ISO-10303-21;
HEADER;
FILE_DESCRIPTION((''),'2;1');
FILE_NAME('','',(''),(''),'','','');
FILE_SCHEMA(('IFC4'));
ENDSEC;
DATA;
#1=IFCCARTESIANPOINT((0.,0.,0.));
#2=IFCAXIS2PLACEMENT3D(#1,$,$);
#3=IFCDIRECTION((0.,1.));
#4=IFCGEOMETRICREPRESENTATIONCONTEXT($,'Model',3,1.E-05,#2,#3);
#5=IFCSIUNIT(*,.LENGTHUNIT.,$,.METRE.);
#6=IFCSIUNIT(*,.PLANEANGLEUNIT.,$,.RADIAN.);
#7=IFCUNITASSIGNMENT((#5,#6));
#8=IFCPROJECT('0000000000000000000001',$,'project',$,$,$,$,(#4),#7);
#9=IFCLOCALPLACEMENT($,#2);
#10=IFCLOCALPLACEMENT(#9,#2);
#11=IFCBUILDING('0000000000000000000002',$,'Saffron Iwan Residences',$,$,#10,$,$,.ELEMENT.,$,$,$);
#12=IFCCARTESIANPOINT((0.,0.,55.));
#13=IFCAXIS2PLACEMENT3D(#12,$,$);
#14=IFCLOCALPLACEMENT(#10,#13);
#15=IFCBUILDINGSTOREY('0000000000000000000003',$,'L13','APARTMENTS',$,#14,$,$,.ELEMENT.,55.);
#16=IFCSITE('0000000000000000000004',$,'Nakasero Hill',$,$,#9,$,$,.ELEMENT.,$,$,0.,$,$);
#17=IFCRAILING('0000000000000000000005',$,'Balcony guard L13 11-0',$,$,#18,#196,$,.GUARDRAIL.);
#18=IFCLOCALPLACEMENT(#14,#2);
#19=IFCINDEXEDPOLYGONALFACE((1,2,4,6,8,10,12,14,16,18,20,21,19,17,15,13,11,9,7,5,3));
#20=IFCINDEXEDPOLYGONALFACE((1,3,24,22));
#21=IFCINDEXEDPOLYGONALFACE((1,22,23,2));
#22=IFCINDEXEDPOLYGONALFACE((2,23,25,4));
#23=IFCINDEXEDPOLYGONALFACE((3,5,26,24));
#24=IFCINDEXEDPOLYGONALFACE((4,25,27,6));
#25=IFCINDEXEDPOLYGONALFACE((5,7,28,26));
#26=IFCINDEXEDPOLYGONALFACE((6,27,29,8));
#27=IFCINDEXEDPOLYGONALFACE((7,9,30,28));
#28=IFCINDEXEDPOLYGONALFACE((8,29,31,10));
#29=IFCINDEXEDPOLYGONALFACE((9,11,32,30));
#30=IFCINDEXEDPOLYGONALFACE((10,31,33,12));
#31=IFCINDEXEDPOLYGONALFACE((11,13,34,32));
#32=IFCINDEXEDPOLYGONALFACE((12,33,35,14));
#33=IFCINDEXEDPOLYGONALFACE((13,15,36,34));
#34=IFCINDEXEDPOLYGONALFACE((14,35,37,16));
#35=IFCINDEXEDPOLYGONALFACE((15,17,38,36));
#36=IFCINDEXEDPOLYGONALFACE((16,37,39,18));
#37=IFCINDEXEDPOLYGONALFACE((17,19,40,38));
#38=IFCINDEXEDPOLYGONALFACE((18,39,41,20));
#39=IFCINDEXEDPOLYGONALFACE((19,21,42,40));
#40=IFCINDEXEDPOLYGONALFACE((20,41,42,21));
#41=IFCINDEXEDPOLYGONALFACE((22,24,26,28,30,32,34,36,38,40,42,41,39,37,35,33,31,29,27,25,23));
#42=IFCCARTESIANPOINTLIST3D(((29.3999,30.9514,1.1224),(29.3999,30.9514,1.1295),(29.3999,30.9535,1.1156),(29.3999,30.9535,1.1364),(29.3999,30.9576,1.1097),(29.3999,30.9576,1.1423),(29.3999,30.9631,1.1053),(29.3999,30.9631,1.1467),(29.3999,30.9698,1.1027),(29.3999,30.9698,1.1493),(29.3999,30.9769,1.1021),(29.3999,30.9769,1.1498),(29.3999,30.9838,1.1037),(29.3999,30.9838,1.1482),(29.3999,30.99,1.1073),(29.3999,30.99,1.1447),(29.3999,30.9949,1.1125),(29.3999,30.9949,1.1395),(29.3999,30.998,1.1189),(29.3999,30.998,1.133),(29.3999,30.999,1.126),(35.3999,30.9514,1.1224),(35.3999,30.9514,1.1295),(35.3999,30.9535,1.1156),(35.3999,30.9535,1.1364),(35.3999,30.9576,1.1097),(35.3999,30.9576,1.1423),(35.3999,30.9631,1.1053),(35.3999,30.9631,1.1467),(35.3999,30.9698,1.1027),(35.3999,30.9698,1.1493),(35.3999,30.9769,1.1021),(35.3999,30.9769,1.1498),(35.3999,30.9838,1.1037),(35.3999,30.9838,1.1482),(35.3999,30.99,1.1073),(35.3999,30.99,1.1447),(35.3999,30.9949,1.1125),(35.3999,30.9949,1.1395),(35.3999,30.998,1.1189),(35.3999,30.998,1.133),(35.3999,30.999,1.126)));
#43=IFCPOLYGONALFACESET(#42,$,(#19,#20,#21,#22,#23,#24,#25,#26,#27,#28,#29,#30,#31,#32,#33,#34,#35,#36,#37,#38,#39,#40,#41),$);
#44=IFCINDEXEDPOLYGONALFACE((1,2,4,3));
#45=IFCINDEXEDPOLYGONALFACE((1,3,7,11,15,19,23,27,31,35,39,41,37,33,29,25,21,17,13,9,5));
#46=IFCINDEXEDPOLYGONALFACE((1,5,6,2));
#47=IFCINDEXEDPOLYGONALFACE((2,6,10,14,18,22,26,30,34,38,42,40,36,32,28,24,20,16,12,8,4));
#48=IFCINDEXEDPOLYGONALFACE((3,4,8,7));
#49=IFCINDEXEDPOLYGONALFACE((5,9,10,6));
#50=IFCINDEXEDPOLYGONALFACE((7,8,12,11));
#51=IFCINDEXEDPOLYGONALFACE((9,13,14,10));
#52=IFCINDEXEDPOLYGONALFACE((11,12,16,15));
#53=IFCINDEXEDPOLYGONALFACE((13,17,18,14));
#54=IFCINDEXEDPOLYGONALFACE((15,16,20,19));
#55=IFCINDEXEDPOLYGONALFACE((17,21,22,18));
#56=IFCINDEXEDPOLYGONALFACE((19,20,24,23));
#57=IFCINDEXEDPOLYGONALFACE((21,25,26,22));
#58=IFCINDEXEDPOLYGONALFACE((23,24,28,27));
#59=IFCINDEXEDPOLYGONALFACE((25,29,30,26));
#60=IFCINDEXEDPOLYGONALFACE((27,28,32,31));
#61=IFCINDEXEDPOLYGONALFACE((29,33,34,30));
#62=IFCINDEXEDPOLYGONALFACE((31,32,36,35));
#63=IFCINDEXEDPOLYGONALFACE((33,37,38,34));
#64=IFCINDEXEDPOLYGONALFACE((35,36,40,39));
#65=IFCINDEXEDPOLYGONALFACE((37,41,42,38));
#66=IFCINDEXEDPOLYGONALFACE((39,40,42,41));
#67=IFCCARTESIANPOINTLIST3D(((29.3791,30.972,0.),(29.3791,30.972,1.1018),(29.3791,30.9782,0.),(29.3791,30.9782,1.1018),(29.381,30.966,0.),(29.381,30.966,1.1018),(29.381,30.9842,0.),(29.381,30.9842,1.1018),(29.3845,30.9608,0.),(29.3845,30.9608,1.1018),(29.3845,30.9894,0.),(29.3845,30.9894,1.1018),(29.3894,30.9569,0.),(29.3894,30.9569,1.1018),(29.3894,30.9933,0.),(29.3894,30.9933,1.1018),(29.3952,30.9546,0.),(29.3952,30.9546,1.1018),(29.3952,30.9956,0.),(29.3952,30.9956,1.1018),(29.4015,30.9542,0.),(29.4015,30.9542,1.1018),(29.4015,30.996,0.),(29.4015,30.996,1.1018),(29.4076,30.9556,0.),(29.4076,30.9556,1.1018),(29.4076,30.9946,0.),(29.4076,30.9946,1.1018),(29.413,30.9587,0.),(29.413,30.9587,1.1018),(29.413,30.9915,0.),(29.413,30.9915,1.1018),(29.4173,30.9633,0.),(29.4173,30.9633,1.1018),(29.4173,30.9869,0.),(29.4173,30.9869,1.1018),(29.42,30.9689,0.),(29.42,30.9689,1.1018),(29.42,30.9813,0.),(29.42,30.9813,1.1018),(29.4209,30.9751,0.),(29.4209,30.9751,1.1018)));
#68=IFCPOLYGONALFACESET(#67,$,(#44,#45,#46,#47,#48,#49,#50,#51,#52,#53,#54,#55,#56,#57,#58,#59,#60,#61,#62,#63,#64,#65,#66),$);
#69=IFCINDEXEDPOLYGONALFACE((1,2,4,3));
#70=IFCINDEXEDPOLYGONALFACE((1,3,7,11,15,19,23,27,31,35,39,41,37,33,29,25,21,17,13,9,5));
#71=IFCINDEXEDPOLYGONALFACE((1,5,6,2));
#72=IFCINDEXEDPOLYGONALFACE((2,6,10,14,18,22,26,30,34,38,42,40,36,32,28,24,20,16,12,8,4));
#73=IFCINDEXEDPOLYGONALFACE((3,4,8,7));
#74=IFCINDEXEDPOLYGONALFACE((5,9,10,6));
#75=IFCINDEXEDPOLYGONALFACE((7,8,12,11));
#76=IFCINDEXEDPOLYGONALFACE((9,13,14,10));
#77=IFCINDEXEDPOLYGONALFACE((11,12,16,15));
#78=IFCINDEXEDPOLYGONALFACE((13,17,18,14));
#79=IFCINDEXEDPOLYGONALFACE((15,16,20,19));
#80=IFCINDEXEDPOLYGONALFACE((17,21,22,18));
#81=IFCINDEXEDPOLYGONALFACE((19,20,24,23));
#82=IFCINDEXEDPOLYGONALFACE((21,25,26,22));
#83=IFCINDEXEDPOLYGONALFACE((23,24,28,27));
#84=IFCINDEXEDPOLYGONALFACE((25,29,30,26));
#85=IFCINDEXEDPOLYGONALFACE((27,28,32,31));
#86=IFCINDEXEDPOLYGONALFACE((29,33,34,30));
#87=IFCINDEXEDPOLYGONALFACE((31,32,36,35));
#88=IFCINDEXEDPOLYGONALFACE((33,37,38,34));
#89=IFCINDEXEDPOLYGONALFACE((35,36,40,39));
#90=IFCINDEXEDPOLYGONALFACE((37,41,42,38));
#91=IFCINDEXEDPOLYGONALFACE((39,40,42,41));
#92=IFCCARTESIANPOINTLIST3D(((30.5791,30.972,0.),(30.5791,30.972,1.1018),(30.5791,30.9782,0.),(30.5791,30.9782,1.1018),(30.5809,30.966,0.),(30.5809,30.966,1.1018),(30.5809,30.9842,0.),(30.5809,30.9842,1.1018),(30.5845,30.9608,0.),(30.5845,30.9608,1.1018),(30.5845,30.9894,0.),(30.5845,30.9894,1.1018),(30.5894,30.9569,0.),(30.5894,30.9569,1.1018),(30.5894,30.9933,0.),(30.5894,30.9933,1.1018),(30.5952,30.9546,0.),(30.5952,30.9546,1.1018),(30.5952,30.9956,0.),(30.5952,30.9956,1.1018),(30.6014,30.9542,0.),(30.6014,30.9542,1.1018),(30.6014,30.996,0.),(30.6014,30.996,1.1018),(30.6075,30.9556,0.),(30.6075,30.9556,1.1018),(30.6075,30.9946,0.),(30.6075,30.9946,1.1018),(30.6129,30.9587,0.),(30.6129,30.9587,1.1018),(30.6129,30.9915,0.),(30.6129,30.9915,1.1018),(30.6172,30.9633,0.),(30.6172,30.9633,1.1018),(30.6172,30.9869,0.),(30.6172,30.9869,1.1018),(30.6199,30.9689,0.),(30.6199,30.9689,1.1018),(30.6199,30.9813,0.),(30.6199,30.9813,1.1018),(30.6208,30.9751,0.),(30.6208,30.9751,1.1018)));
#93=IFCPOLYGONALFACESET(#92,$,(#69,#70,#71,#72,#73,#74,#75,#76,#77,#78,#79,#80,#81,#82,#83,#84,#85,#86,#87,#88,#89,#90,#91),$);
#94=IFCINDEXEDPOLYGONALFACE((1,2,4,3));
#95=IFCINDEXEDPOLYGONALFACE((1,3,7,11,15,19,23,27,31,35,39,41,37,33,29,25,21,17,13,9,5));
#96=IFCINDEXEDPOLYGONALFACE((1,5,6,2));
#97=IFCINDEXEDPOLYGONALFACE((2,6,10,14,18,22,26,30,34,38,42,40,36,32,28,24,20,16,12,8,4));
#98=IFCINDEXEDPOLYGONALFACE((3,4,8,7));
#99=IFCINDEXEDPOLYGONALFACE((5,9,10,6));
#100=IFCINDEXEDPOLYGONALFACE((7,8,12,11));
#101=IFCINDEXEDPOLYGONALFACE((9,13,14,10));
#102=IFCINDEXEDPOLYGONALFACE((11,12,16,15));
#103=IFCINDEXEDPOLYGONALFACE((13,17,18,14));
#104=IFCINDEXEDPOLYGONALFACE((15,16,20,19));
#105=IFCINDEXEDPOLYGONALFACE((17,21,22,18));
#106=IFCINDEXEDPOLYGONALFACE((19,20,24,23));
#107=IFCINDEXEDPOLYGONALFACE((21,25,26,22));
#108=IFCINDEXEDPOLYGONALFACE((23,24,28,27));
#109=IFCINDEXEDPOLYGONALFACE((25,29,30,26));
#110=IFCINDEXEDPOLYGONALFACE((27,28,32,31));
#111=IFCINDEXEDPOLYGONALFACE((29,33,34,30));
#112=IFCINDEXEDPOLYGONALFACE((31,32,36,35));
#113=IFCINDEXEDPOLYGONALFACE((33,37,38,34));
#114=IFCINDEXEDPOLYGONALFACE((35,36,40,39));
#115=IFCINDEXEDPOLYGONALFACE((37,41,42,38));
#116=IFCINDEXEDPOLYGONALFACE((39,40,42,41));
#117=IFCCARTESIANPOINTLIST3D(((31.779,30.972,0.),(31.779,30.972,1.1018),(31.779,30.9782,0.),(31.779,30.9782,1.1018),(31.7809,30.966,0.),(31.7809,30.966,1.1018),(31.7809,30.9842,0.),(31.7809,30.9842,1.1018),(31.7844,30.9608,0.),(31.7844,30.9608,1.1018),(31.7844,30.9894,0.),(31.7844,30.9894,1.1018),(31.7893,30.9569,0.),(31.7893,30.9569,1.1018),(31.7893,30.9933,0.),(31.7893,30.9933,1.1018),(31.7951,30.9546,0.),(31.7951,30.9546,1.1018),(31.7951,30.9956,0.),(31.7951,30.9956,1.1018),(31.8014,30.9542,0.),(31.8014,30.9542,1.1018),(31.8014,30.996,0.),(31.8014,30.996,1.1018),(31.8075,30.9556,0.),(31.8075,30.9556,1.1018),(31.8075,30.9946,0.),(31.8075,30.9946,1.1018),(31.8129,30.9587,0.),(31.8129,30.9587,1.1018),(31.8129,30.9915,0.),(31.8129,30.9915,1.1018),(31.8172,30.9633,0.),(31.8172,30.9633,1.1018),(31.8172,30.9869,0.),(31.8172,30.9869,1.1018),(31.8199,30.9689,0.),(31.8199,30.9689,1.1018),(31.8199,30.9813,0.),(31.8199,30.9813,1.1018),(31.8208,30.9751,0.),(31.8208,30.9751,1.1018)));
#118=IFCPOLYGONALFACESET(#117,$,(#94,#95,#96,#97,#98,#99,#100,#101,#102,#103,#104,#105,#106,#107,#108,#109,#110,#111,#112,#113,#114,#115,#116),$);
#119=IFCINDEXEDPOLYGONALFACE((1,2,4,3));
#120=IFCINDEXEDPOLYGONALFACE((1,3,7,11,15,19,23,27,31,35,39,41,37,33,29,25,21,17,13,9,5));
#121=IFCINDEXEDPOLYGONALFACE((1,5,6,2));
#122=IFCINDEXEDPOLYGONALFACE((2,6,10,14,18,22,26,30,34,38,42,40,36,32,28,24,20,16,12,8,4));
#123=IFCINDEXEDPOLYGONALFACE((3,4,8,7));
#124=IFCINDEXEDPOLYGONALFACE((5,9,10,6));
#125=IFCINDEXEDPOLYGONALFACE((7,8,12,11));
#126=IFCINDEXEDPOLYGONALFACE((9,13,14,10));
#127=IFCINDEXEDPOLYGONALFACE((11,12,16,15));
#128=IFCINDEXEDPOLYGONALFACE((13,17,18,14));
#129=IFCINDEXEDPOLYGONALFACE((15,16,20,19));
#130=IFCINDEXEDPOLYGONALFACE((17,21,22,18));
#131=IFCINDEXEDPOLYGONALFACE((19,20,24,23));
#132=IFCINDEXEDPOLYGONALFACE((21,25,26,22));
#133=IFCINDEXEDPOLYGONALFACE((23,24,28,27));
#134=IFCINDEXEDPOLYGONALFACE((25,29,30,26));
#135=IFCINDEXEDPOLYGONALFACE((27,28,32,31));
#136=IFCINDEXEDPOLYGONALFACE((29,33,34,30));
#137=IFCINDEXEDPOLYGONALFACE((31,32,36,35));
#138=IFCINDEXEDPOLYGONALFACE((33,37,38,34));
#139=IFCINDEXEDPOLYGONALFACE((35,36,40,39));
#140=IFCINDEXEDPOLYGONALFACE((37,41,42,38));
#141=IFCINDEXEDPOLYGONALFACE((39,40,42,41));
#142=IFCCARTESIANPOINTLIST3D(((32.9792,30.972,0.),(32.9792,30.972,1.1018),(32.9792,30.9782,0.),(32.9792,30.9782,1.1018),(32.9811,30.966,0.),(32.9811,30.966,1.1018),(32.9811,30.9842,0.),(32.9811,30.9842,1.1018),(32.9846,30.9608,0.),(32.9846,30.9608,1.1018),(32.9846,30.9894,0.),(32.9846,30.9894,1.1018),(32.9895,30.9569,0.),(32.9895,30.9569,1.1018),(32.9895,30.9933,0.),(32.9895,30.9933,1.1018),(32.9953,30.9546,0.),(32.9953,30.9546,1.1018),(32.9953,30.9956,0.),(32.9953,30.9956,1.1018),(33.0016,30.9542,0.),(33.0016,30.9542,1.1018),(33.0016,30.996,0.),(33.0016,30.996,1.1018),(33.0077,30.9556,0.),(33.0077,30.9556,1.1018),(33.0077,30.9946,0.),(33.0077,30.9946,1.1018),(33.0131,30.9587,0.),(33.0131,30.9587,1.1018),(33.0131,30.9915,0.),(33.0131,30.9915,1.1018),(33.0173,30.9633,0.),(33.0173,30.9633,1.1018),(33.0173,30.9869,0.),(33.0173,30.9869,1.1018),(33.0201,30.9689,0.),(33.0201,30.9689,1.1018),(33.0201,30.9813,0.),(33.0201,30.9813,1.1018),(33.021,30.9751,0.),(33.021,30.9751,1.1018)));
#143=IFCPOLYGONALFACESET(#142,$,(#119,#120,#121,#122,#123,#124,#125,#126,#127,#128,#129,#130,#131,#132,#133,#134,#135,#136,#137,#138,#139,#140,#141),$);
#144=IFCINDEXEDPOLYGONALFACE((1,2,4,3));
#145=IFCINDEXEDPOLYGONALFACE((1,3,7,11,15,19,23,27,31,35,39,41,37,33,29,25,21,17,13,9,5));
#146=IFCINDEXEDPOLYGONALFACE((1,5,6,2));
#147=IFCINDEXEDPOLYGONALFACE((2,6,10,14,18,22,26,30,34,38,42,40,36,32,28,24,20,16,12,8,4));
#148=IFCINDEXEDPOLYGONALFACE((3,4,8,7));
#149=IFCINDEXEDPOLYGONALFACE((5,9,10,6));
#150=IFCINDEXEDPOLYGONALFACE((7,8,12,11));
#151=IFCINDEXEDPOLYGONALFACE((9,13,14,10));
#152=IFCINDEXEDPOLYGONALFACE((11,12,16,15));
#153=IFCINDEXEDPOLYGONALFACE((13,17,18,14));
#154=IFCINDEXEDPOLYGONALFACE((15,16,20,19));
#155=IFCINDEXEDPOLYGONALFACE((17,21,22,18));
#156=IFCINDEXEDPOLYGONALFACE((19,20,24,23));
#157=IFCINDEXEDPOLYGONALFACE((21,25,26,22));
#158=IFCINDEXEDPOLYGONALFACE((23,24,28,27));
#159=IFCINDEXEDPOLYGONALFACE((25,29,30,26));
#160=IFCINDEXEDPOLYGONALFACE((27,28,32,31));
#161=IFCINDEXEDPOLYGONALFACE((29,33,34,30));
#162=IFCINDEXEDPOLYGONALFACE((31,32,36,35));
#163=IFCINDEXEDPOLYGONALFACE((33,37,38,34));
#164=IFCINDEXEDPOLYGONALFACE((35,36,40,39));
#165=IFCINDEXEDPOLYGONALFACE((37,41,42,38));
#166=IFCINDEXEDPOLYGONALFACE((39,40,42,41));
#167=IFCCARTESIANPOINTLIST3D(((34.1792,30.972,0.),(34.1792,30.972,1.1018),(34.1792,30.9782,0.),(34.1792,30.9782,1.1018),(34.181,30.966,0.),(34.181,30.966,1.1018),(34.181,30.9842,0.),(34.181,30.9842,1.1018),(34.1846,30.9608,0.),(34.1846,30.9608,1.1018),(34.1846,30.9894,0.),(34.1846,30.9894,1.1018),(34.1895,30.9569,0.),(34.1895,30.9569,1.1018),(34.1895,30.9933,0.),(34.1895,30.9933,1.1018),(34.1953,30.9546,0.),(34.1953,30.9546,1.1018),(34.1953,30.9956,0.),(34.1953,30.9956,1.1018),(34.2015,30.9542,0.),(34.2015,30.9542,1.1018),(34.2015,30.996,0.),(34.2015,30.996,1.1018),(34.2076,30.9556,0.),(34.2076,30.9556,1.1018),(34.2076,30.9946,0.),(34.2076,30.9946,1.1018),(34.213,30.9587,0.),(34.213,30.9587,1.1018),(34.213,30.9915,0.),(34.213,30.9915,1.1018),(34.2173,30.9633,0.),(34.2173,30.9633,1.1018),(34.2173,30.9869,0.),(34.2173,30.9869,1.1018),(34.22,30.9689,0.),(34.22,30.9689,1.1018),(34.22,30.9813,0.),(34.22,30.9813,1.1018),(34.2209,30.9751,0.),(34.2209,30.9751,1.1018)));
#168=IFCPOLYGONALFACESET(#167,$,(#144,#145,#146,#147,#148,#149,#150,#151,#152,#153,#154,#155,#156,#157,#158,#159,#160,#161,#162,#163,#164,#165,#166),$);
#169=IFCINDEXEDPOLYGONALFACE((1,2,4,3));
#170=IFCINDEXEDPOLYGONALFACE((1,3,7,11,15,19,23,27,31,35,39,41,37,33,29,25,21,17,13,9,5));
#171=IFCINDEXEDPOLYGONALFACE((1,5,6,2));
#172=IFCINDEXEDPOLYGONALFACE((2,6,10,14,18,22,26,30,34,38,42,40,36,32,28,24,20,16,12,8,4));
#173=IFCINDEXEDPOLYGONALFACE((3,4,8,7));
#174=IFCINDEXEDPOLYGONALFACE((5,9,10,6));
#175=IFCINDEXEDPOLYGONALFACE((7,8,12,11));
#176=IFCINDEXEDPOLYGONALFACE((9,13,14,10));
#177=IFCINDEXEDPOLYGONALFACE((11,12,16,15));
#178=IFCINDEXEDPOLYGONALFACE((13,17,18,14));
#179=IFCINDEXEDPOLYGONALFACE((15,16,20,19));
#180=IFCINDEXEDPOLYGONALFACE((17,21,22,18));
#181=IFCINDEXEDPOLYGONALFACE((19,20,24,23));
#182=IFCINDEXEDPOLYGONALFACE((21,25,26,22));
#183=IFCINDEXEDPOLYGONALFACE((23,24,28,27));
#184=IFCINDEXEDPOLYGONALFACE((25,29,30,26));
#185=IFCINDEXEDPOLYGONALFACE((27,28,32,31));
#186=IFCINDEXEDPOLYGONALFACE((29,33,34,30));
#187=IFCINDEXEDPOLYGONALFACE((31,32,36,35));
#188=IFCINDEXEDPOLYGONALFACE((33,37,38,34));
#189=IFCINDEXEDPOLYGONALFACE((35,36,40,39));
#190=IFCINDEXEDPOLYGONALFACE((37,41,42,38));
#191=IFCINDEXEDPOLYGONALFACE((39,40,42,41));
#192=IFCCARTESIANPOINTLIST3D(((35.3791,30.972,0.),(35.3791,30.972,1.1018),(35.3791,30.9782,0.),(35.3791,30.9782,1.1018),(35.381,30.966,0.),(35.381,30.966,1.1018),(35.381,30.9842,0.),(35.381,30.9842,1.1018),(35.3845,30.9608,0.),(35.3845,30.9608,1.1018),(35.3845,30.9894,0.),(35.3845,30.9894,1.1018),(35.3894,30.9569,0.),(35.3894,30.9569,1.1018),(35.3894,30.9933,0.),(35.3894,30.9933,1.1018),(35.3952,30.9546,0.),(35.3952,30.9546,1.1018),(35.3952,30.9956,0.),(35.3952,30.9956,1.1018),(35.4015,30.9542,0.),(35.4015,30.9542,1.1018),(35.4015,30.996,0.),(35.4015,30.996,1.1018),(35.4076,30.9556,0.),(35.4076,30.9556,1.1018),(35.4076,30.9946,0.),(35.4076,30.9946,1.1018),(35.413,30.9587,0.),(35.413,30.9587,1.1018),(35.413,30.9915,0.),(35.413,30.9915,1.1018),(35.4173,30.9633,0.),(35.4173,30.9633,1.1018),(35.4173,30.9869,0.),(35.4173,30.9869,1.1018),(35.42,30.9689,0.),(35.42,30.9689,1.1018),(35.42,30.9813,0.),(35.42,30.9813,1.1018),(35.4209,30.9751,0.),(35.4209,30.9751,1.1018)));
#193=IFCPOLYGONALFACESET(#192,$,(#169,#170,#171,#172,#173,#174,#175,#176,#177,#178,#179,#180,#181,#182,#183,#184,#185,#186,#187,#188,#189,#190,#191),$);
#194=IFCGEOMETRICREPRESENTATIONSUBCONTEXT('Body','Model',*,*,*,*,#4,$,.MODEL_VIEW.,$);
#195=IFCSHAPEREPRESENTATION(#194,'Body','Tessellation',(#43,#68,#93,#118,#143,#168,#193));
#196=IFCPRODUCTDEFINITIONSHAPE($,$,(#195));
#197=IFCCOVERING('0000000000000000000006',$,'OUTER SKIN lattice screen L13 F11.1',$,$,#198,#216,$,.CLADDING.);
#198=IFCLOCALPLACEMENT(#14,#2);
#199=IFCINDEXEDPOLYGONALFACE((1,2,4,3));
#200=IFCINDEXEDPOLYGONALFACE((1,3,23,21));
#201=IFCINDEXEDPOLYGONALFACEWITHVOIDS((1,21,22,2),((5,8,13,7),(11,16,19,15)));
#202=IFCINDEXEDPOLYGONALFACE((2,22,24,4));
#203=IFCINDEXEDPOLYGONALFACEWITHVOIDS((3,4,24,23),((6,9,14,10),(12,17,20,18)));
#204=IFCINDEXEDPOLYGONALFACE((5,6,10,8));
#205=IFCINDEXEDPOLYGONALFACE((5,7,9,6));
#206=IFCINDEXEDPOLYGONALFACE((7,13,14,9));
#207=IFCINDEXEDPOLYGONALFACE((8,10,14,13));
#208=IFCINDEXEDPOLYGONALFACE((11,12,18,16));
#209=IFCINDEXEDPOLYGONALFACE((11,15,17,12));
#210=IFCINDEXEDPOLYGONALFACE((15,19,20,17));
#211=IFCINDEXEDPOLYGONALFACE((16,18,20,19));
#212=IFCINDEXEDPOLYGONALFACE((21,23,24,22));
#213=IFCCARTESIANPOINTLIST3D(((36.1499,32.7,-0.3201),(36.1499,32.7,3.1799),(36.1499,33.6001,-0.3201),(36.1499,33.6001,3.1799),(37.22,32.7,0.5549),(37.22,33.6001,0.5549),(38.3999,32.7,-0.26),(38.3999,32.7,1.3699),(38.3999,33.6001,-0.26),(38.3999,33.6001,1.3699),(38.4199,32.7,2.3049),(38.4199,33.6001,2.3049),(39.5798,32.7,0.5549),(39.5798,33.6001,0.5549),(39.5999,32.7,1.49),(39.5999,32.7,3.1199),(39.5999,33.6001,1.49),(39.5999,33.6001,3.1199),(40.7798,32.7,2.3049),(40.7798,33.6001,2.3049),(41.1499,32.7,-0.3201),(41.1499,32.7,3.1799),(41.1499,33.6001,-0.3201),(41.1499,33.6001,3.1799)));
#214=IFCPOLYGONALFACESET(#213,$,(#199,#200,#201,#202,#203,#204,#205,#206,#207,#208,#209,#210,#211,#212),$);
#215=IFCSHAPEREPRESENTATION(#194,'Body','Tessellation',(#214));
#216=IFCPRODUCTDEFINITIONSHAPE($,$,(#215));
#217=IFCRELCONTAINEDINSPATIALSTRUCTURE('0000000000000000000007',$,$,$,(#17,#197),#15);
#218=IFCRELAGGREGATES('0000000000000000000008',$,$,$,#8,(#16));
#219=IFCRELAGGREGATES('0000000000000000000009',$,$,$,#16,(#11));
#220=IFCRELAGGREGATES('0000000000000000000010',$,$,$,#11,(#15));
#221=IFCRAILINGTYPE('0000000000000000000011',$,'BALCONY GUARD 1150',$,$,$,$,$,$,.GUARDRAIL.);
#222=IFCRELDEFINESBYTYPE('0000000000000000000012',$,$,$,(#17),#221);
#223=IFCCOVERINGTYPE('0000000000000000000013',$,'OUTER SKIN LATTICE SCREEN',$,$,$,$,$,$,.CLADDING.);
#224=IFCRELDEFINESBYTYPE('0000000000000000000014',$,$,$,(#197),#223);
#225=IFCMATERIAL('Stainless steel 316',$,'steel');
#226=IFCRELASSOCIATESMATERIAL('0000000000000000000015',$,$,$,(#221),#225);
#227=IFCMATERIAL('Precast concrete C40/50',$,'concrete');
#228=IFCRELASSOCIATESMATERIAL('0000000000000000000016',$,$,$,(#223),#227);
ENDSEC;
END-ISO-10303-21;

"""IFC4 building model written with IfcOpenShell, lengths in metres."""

from ifc_helpers import new_model, si_unit, direction, frame, origin, origin_2d, place, context, subcontext, project, spatial, polyline, circle, outline, extrude, material, type_object, element, save


model = new_model("IFC4")

# Units and contexts
model_context = context("Model", 3, precision=1e-05, world=origin(), true_north=direction((0.0, 1.0)))
body_context = subcontext(model_context, "Body", "Model", "MODEL_VIEW")
ifc_project = project(units=[si_unit("LENGTHUNIT", "METRE"), si_unit("PLANEANGLEUNIT", "RADIAN")], contexts=[model_context])

# Site, building, storey
site_placement = place(None, origin())
site = spatial("IfcSite", under=ifc_project, at=site_placement, Name="Nakasero Hill", CompositionType="ELEMENT", RefElevation=0.0)
building_placement = place(site_placement, origin())
building = spatial("IfcBuilding", under=site, at=building_placement, Name="Saffron Iwan Residences", CompositionType="ELEMENT")
storey_placement = place(building_placement, frame((0.0, 0.0, 55.0)))
storey = spatial("IfcBuildingStorey", under=building, at=storey_placement, Name="L13", Description="APARTMENTS", CompositionType="ELEMENT", Elevation=55.0)

# Railing
ifc_material_1 = material(Name="Stainless steel 316", Category="steel")
railing_type = type_object("IfcRailingType", Name="BALCONY GUARD 1150", PredefinedType="GUARDRAIL", material=ifc_material_1)
railing_placement = place(storey_placement, frame((29.3999, 30.9751, 0.0)))
element("IfcRailing", 1, at=railing_placement, inside=storey, type_object=railing_type, Name="Balcony guard L13 11-0", PredefinedType="GUARDRAIL", context=body_context, shape_type="SweptSolid", body=[
    extrude(circle(Radius=0.0239, at=origin_2d()), frame((0.0, 0.0, 1.126), z_axis=(1.0, 0.0, 0.0), x_axis=(0.0, 1.0, 0.0)), (0.0, 0.0, 1.0), 6.0),
    extrude(circle(Radius=0.021, at=origin_2d()), origin(), (0.0, 0.0, 1.0), 1.1018),
    extrude(circle(Radius=0.021, at=origin_2d()), frame((1.2, 0.0, 0.0)), (0.0, 0.0, 1.0), 1.1018),
    extrude(circle(Radius=0.021, at=origin_2d()), frame((2.3999, 0.0, 0.0)), (0.0, 0.0, 1.0), 1.1018),
    extrude(circle(Radius=0.021, at=origin_2d()), frame((3.6001, 0.0, 0.0)), (0.0, 0.0, 1.0), 1.1018),
    extrude(circle(Radius=0.021, at=origin_2d()), frame((4.8, 0.0, 0.0)), (0.0, 0.0, 1.0), 1.1018),
    extrude(circle(Radius=0.021, at=origin_2d()), frame((6.0, 0.0, 0.0)), (0.0, 0.0, 1.0), 1.1018),
])

# Covering
ifc_material_2 = material(Name="Precast concrete C40/50", Category="concrete")
covering_type = type_object("IfcCoveringType", Name="OUTER SKIN LATTICE SCREEN", PredefinedType="CLADDING", material=ifc_material_2)
covering_placement = place(storey_placement, frame((36.1499, 33.6001, -0.3201), z_axis=(0.0, -1.0, 0.0), x_axis=(1.0, 0.0, 0.0)))
element("IfcCovering", 2, at=covering_placement, inside=storey, type_object=covering_type, Name="OUTER SKIN lattice screen L13 F11.1", PredefinedType="CLADDING", context=body_context, shape_type="SweptSolid", body=[
    extrude(outline(polyline([(0.0, 0.0), (5.0, 0.0), (5.0, 3.5), (0.0, 3.5), (0.0, 0.0)]), holes=[polyline([(1.0701, 0.875), (2.25, 0.0601), (3.4299, 0.875), (2.25, 1.6899), (1.0701, 0.875)]), polyline([(2.27, 2.625), (3.45, 1.8101), (4.6299, 2.625), (3.45, 3.4399), (2.27, 2.625)])]), origin(), (0.0, 0.0, 1.0), 0.9001),
])

save(model, "model.ifc")
